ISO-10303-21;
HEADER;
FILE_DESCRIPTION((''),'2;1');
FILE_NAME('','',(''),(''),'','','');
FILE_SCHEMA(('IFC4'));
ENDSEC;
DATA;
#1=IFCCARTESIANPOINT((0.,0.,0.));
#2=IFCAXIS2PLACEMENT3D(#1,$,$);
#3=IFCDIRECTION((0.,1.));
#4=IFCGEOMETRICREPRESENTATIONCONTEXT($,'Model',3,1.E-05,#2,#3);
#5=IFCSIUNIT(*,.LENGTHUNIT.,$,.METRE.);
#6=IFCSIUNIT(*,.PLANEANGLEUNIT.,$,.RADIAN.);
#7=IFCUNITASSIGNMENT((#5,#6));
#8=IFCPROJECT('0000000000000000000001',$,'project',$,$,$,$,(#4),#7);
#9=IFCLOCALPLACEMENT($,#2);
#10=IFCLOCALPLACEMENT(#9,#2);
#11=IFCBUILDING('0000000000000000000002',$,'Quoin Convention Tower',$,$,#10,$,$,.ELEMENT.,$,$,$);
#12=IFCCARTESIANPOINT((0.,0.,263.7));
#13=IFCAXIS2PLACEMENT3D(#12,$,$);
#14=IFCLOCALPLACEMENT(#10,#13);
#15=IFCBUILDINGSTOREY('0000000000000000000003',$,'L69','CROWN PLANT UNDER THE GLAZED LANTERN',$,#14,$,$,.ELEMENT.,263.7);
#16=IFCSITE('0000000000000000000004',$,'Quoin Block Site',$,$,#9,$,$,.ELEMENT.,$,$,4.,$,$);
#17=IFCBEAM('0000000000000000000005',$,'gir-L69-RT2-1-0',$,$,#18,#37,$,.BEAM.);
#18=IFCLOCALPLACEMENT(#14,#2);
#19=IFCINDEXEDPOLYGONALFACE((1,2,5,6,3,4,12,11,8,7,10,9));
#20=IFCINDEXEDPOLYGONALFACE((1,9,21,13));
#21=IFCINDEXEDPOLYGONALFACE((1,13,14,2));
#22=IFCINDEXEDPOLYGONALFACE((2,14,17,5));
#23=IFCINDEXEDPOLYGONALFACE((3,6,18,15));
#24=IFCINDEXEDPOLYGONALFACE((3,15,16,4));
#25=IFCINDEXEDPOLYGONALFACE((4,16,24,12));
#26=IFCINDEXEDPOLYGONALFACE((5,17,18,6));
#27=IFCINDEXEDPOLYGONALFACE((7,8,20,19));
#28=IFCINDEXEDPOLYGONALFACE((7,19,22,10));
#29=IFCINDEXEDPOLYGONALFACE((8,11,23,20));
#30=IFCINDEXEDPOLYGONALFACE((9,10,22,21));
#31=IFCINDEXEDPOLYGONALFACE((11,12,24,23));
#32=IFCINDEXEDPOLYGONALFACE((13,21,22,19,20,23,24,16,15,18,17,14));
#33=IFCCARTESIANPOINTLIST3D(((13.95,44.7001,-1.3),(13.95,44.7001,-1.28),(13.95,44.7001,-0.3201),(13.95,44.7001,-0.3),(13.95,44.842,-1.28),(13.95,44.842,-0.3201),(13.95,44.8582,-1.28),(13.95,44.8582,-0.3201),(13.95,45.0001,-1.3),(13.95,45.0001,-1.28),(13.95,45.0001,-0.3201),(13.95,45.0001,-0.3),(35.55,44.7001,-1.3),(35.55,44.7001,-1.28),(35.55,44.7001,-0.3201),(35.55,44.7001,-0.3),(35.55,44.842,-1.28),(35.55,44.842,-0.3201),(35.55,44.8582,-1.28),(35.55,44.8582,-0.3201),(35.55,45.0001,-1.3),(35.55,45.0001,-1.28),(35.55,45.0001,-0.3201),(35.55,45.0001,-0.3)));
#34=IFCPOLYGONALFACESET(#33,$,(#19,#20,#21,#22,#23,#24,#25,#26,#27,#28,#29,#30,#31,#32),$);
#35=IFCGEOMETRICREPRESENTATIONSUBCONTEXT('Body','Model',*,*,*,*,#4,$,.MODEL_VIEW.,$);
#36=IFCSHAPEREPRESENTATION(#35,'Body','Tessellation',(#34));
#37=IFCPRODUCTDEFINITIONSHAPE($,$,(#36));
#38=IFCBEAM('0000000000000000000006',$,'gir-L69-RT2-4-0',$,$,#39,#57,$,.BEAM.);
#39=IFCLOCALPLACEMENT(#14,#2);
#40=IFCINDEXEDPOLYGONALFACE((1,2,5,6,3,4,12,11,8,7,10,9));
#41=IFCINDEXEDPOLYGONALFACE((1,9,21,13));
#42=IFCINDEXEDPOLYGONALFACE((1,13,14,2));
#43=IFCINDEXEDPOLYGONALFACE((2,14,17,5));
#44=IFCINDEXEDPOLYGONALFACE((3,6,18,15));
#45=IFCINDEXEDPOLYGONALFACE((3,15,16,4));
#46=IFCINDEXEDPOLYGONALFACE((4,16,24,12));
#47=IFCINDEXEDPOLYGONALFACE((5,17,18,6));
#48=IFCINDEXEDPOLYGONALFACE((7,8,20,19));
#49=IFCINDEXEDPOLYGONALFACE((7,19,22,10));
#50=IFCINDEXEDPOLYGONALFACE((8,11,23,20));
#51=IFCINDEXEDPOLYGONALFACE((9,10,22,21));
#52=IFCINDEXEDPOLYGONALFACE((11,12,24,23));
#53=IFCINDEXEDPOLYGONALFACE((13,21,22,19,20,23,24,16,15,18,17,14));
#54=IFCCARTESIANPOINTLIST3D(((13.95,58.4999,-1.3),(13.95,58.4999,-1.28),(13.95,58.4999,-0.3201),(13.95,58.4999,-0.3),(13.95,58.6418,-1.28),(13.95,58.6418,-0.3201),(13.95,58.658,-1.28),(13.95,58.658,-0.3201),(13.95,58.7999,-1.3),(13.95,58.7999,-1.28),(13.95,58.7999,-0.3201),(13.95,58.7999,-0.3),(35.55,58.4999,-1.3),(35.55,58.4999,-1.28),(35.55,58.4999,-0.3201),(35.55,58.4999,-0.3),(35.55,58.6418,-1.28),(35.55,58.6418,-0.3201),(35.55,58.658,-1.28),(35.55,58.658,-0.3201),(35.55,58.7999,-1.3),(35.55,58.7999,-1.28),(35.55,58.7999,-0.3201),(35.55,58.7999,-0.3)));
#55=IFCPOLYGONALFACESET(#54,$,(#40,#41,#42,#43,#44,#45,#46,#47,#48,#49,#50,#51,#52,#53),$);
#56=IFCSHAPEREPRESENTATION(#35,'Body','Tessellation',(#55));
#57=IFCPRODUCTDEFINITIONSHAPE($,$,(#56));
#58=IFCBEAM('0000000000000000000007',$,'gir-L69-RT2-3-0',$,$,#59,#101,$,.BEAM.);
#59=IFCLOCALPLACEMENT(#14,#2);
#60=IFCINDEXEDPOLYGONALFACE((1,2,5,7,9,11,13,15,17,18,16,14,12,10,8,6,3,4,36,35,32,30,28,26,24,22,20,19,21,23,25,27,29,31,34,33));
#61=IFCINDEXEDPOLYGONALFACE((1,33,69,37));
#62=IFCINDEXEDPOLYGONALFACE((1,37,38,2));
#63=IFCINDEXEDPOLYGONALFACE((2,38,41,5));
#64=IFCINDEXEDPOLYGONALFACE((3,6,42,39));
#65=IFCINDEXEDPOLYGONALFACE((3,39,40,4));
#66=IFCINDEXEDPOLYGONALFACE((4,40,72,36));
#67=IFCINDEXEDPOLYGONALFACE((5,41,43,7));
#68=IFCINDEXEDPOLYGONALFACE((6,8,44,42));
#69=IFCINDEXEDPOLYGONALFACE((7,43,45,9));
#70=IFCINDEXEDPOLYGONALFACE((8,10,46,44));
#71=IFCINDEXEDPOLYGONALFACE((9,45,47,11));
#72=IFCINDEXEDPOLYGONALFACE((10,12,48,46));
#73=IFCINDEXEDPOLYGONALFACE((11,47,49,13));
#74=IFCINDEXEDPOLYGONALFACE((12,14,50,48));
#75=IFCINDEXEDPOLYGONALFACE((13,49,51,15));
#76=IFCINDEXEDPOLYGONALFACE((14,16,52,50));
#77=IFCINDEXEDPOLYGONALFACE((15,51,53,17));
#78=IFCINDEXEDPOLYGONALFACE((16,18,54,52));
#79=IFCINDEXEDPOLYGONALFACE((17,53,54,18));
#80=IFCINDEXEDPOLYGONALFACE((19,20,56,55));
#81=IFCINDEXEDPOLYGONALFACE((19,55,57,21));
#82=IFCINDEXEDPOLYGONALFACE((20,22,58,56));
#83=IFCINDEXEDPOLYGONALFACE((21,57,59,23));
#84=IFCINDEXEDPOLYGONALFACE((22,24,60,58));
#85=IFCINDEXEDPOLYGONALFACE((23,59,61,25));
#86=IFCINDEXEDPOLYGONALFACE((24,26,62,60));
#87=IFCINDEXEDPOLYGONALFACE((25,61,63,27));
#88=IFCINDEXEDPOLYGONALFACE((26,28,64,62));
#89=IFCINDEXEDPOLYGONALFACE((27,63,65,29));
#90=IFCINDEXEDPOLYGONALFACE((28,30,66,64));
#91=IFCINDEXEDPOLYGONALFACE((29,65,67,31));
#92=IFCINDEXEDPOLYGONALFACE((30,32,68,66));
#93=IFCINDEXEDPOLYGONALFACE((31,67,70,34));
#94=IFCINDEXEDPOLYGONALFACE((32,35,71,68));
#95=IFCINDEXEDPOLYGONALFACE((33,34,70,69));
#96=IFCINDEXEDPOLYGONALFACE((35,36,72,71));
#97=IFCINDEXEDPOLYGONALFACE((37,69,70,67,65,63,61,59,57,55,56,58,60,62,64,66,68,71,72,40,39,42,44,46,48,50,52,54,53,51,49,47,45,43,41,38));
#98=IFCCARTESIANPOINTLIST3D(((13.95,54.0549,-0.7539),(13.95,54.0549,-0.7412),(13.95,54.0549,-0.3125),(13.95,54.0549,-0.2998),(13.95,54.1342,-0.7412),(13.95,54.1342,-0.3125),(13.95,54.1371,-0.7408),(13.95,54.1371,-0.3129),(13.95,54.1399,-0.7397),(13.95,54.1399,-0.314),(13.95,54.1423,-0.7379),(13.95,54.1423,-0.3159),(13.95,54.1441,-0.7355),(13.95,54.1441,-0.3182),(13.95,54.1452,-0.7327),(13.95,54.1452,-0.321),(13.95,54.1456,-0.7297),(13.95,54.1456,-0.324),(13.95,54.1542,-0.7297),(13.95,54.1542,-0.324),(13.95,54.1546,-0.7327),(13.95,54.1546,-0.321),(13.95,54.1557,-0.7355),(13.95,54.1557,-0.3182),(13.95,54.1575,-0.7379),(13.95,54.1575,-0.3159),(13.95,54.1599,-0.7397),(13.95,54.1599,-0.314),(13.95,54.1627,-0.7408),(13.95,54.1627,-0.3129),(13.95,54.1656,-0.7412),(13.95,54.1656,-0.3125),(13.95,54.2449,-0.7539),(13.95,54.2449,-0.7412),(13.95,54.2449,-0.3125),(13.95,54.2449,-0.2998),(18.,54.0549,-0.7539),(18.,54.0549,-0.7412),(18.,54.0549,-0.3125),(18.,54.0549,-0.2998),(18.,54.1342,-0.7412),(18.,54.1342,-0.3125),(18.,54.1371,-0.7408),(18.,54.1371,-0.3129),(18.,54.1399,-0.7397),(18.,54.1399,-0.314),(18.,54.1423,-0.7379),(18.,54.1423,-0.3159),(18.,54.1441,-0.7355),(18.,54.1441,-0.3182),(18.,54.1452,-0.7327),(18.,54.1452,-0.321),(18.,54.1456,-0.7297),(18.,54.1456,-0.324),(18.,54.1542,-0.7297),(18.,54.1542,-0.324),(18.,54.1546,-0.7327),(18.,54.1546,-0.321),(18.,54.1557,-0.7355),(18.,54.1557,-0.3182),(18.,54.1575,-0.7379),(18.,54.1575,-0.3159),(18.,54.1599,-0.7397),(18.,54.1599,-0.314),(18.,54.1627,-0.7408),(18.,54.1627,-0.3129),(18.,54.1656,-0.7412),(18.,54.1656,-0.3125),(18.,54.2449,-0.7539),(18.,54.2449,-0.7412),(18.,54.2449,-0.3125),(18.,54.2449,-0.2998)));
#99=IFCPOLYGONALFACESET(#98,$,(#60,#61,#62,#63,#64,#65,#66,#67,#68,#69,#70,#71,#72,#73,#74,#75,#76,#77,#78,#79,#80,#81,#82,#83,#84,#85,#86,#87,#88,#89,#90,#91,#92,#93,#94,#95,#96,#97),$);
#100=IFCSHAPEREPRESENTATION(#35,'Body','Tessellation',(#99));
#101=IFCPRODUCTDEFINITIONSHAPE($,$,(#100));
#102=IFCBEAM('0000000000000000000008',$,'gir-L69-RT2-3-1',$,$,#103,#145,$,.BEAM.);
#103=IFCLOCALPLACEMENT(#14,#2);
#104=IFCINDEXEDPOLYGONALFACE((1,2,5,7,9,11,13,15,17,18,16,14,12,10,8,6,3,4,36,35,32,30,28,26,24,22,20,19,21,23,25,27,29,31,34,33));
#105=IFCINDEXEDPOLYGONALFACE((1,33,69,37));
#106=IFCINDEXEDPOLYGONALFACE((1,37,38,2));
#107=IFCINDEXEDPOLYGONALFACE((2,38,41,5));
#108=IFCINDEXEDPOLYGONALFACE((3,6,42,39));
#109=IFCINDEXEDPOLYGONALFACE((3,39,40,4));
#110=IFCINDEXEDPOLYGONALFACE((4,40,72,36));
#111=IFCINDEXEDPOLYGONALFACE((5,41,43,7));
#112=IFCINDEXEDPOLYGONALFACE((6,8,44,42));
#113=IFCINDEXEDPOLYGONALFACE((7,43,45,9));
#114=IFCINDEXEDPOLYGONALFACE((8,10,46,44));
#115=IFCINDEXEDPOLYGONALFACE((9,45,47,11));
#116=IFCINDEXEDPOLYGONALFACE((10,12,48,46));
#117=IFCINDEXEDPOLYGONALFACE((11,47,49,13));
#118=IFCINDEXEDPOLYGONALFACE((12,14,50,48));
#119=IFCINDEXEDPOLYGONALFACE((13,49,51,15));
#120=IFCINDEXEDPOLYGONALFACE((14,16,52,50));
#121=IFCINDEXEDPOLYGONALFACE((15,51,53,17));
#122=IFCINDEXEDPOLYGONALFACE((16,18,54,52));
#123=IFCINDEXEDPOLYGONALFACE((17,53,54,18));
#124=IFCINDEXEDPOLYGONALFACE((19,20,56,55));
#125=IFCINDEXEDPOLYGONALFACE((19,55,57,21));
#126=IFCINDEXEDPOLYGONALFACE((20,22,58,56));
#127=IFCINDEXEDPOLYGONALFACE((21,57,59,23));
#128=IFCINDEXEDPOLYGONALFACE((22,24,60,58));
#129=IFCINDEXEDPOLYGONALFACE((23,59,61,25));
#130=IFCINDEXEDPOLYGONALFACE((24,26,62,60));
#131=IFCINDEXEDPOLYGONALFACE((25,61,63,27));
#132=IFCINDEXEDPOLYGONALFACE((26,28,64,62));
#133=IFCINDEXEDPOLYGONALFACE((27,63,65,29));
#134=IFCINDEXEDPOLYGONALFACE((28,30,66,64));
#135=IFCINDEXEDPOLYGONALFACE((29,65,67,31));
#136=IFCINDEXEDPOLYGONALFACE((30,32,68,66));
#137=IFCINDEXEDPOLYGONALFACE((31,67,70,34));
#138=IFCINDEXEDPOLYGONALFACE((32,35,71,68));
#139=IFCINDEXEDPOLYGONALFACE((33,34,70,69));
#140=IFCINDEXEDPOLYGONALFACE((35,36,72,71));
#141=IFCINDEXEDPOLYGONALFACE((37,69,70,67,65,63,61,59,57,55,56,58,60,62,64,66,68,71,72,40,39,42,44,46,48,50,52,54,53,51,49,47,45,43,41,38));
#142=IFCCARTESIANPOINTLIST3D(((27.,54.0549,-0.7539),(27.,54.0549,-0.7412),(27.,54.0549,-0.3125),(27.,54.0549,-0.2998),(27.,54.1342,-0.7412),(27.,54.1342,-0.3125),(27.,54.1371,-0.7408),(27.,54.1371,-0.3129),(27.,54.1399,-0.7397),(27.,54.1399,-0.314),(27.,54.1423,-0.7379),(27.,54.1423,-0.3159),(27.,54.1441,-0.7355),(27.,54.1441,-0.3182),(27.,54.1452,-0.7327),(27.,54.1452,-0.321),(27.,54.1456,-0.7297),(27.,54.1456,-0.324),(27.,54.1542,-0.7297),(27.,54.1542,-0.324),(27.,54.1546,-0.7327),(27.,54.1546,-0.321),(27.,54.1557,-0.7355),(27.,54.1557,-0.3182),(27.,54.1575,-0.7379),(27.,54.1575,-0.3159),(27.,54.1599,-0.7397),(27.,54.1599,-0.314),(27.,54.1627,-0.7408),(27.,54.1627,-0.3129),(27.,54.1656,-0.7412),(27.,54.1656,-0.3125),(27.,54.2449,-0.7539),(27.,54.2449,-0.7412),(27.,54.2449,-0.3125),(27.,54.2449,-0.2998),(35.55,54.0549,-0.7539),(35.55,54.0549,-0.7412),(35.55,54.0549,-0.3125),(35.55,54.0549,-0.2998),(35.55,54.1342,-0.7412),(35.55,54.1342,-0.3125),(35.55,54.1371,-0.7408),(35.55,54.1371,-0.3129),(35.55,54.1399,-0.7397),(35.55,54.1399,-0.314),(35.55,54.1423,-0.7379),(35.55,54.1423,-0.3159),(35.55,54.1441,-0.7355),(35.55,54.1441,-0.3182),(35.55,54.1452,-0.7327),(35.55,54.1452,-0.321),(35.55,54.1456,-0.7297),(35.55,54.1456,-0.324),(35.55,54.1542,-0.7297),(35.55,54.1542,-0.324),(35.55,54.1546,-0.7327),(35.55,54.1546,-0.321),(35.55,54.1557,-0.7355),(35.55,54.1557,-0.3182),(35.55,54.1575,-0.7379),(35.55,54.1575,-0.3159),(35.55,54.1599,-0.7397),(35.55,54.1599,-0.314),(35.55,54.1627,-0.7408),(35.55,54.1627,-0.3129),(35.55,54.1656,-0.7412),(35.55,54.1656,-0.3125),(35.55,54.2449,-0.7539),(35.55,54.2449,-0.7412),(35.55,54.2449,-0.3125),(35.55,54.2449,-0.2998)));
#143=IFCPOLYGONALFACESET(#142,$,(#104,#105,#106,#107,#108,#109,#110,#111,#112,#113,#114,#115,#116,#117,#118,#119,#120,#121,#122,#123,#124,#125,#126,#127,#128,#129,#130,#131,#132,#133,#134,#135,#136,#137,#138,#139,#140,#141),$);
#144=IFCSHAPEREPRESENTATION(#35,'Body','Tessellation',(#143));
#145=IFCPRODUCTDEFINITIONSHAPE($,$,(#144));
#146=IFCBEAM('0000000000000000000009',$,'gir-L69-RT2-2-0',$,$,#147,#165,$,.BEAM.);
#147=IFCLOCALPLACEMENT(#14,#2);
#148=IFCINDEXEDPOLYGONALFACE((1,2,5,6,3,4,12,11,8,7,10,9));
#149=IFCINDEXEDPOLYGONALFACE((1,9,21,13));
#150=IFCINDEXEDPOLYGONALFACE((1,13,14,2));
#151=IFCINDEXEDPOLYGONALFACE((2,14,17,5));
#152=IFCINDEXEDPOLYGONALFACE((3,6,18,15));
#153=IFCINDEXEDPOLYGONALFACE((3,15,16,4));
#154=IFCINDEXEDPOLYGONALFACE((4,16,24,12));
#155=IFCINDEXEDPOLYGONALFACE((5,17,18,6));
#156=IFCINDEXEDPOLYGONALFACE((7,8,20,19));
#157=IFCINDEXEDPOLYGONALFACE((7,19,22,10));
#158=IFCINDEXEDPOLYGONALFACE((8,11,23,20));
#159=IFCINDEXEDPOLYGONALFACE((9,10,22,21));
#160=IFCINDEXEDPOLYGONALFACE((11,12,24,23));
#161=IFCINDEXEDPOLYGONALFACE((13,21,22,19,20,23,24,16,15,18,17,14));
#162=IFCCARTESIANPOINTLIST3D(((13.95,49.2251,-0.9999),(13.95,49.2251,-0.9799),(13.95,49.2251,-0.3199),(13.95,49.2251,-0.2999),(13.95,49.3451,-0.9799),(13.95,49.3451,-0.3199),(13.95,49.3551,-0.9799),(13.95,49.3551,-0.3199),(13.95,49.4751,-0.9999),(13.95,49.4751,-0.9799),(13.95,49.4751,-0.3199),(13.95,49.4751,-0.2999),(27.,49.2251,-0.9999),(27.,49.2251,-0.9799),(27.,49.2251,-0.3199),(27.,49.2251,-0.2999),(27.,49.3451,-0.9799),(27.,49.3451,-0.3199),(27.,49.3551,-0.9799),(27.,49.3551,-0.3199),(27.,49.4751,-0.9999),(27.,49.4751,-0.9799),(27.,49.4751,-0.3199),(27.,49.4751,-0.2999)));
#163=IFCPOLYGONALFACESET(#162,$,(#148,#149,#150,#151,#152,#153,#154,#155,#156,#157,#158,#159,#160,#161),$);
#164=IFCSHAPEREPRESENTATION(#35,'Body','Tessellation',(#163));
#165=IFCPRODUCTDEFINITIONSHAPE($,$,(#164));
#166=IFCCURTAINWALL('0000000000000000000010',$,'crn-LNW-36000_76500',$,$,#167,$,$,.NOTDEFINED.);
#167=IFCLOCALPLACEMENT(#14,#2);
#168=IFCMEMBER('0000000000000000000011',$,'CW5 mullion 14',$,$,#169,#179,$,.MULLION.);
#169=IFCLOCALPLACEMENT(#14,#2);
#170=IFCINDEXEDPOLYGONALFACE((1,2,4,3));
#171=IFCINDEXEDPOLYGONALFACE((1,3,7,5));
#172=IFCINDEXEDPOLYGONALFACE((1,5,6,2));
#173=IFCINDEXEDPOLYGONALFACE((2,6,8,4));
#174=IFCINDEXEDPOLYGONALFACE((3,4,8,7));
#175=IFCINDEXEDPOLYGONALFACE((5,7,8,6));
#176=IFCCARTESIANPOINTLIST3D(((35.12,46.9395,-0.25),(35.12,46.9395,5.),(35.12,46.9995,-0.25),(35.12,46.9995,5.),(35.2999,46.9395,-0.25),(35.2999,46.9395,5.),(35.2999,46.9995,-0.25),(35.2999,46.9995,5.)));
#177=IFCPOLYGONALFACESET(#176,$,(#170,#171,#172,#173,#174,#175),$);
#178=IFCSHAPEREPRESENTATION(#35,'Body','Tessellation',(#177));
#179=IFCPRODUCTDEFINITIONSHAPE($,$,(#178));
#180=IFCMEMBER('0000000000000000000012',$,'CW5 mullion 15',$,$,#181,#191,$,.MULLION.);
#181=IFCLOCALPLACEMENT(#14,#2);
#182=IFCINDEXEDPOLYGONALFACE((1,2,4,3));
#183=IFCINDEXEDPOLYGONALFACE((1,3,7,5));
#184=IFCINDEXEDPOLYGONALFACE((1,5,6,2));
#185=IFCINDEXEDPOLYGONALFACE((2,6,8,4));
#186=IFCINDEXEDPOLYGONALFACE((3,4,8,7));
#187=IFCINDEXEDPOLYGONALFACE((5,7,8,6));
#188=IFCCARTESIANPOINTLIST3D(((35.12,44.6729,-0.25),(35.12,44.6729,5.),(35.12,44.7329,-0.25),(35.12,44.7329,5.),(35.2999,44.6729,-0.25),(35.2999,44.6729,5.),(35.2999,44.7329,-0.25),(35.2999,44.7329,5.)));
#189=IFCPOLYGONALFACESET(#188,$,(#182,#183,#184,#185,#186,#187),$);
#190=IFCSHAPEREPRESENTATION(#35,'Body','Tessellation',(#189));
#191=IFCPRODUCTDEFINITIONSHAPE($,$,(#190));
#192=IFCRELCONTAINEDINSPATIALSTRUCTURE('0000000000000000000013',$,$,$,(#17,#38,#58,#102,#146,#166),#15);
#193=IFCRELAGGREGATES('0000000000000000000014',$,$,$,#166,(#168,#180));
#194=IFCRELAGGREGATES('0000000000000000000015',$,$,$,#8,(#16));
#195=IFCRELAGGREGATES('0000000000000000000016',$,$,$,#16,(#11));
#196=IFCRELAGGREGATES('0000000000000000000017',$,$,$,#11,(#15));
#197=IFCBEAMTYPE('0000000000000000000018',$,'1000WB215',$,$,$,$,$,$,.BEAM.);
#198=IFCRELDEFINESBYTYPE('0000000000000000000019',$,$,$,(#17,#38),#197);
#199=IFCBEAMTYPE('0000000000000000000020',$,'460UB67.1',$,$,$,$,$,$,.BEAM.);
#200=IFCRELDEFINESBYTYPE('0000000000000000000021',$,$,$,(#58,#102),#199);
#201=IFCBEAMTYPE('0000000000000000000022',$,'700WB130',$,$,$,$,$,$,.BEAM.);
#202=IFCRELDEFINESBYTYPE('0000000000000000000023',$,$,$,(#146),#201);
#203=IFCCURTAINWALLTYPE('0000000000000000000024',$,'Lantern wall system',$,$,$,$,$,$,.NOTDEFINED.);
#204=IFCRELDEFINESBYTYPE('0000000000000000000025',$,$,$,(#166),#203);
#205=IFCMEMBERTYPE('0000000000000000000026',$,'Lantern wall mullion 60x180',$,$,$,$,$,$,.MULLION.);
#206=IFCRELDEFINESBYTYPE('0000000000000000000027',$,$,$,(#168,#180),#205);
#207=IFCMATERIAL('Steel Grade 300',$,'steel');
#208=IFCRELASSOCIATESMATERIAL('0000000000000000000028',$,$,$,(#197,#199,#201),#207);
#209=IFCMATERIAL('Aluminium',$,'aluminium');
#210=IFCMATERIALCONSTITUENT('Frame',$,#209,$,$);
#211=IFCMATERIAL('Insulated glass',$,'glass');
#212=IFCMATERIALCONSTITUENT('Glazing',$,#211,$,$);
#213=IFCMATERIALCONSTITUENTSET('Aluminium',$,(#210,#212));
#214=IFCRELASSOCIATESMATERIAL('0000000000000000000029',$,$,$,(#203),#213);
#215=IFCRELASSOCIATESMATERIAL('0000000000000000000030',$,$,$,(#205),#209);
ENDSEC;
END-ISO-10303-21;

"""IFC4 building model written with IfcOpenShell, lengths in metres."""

from ifc_helpers import new_model, si_unit, direction, frame, origin, origin_2d, place, context, subcontext, project, spatial, rectangle, i_section, extrude, material, constituent, constituent_set, material_profile, profile_set, type_object, element, aggregate, save


model = new_model("IFC4")

# Units and contexts
model_context = context("Model", 3, precision=1e-05, world=origin(), true_north=direction((0.0, 1.0)))
body_context = subcontext(model_context, "Body", "Model", "MODEL_VIEW")
ifc_project = project(units=[si_unit("LENGTHUNIT", "METRE"), si_unit("PLANEANGLEUNIT", "RADIAN")], contexts=[model_context])

# Site, building, storey
site_placement = place(None, origin())
site = spatial("IfcSite", under=ifc_project, at=site_placement, Name="Quoin Block Site", CompositionType="ELEMENT", RefElevation=4.0)
building_placement = place(site_placement, origin())
building = spatial("IfcBuilding", under=site, at=building_placement, Name="Quoin Convention Tower", CompositionType="ELEMENT")
storey_placement = place(building_placement, frame((0.0, 0.0, 263.7)))
storey = spatial("IfcBuildingStorey", under=building, at=storey_placement, Name="L69", Description="CROWN PLANT UNDER THE GLAZED LANTERN", CompositionType="ELEMENT", Elevation=263.7)

# Beams
ifc_material_1 = material(Name="Steel Grade 300", Category="steel")
ifc_material_profile_1 = material_profile(ifc_material_1, i_section(OverallWidth=0.3, OverallDepth=1.0, WebThickness=0.0161, FlangeThickness=0.02, at=origin_2d()), Name="1000WB215")
ifc_profile_set_1 = profile_set([ifc_material_profile_1], Name="Steel Grade 300")
beam_type_1 = type_object("IfcBeamType", Name="1000WB215", PredefinedType="BEAM", material=ifc_profile_set_1)
for number, where, z_axis, x_axis, name in (
    (1, (13.95, 44.8501, -0.8), (1.0, 0.0, 0.0), (0.0, 1.0, 0.0), "gir-L69-RT2-1-0"),
    (2, (13.95, 58.6499, -0.8), (1.0, 0.0, 0.0), (0.0, 1.0, 0.0), "gir-L69-RT2-4-0"),
):
    element("IfcBeam", number, at=place(storey_placement, frame(where, z_axis=z_axis, x_axis=x_axis)), inside=storey, type_object=beam_type_1, Name=name, PredefinedType="BEAM", context=body_context, shape_type="SweptSolid", body=[
        extrude(i_section(OverallWidth=0.3, OverallDepth=1.0, WebThickness=0.0161, FlangeThickness=0.02, at=origin_2d()), origin(), (0.0, 0.0, 1.0), 21.6001),
    ])
ifc_material_profile_2 = material_profile(ifc_material_1, i_section(OverallWidth=0.1899, OverallDepth=0.4541, WebThickness=0.0085, FlangeThickness=0.0127, FilletRadius=0.0115, at=origin_2d()), Name="460UB67.1")
ifc_profile_set_2 = profile_set([ifc_material_profile_2], Name="Steel Grade 300")
beam_type_2 = type_object("IfcBeamType", Name="460UB67.1", PredefinedType="BEAM", material=ifc_profile_set_2)
beam_1_placement = place(storey_placement, frame((13.95, 54.1499, -0.5269), z_axis=(1.0, 0.0, 0.0), x_axis=(0.0, 1.0, 0.0)))
element("IfcBeam", 3, at=beam_1_placement, inside=storey, type_object=beam_type_2, Name="gir-L69-RT2-3-0", PredefinedType="BEAM", context=body_context, shape_type="SweptSolid", body=[
    extrude(i_section(OverallWidth=0.1899, OverallDepth=0.4541, WebThickness=0.0085, FlangeThickness=0.0127, FilletRadius=0.0115, at=origin_2d()), origin(), (0.0, 0.0, 1.0), 4.05),
])
beam_2_placement = place(storey_placement, frame((27.0, 54.1499, -0.5269), z_axis=(1.0, 0.0, 0.0), x_axis=(0.0, 1.0, 0.0)))
element("IfcBeam", 4, at=beam_2_placement, inside=storey, type_object=beam_type_2, Name="gir-L69-RT2-3-1", PredefinedType="BEAM", context=body_context, shape_type="SweptSolid", body=[
    extrude(i_section(OverallWidth=0.1899, OverallDepth=0.4541, WebThickness=0.0085, FlangeThickness=0.0127, FilletRadius=0.0115, at=origin_2d()), origin(), (0.0, 0.0, 1.0), 8.55),
])
ifc_material_profile_3 = material_profile(ifc_material_1, i_section(OverallWidth=0.25, OverallDepth=0.7, WebThickness=0.01, FlangeThickness=0.02, at=origin_2d()), Name="700WB130")
ifc_profile_set_3 = profile_set([ifc_material_profile_3], Name="Steel Grade 300")
beam_type_3 = type_object("IfcBeamType", Name="700WB130", PredefinedType="BEAM", material=ifc_profile_set_3)
beam_3_placement = place(storey_placement, frame((13.95, 49.3501, -0.6499), z_axis=(1.0, 0.0, 0.0), x_axis=(0.0, 1.0, 0.0)))
element("IfcBeam", 5, at=beam_3_placement, inside=storey, type_object=beam_type_3, Name="gir-L69-RT2-2-0", PredefinedType="BEAM", context=body_context, shape_type="SweptSolid", body=[
    extrude(i_section(OverallWidth=0.25, OverallDepth=0.7, WebThickness=0.01, FlangeThickness=0.02, at=origin_2d()), origin(), (0.0, 0.0, 1.0), 13.05),
])

# Curtain wall, members
ifc_material_2 = material(Name="Aluminium", Category="aluminium")
ifc_constituent_1 = constituent(ifc_material_2, Name="Frame")
ifc_material_3 = material(Name="Insulated glass", Category="glass")
ifc_constituent_2 = constituent(ifc_material_3, Name="Glazing")
ifc_constituent_set = constituent_set(constituents=[ifc_constituent_1, ifc_constituent_2], Name="Aluminium")
curtain_wall_type = type_object("IfcCurtainWallType", Name="Lantern wall system", PredefinedType="NOTDEFINED", material=ifc_constituent_set)
curtain_wall_placement = place(storey_placement, origin())
curtain_wall = element("IfcCurtainWall", 6, at=curtain_wall_placement, inside=storey, type_object=curtain_wall_type, Name="crn-LNW-36000_76500", PredefinedType="NOTDEFINED")
ifc_material_profile_4 = material_profile(ifc_material_2, rectangle(XDim=0.1799, YDim=0.0601, at=origin_2d()), Name="Lantern wall mullion 60x180")
ifc_profile_set_4 = profile_set([ifc_material_profile_4], Name="Aluminium")
member_type_1 = type_object("IfcMemberType", Name="Lantern wall mullion 60x180", PredefinedType="MULLION", material=ifc_profile_set_4)
member_1_placement = place(storey_placement, frame((35.21, 46.9695, -0.25), z_axis=(0.0, 0.0, 1.0), x_axis=(1.0, 0.0, 0.0)))
member_1 = element("IfcMember", 7, at=member_1_placement, type_object=member_type_1, Name="CW5 mullion 14", PredefinedType="MULLION", context=body_context, shape_type="SweptSolid", body=[
    extrude(rectangle(XDim=0.1799, YDim=0.0601, at=origin_2d()), origin(), (0.0, 0.0, 1.0), 5.25),
])
member_2_placement = place(storey_placement, frame((35.21, 44.7029, -0.25), z_axis=(0.0, 0.0, 1.0), x_axis=(1.0, 0.0, 0.0)))
member_2 = element("IfcMember", 8, at=member_2_placement, type_object=member_type_1, Name="CW5 mullion 15", PredefinedType="MULLION", context=body_context, shape_type="SweptSolid", body=[
    extrude(rectangle(XDim=0.1799, YDim=0.0601, at=origin_2d()), origin(), (0.0, 0.0, 1.0), 5.25),
])

aggregate(curtain_wall, [member_1, member_2])

save(model, "model.ifc")
